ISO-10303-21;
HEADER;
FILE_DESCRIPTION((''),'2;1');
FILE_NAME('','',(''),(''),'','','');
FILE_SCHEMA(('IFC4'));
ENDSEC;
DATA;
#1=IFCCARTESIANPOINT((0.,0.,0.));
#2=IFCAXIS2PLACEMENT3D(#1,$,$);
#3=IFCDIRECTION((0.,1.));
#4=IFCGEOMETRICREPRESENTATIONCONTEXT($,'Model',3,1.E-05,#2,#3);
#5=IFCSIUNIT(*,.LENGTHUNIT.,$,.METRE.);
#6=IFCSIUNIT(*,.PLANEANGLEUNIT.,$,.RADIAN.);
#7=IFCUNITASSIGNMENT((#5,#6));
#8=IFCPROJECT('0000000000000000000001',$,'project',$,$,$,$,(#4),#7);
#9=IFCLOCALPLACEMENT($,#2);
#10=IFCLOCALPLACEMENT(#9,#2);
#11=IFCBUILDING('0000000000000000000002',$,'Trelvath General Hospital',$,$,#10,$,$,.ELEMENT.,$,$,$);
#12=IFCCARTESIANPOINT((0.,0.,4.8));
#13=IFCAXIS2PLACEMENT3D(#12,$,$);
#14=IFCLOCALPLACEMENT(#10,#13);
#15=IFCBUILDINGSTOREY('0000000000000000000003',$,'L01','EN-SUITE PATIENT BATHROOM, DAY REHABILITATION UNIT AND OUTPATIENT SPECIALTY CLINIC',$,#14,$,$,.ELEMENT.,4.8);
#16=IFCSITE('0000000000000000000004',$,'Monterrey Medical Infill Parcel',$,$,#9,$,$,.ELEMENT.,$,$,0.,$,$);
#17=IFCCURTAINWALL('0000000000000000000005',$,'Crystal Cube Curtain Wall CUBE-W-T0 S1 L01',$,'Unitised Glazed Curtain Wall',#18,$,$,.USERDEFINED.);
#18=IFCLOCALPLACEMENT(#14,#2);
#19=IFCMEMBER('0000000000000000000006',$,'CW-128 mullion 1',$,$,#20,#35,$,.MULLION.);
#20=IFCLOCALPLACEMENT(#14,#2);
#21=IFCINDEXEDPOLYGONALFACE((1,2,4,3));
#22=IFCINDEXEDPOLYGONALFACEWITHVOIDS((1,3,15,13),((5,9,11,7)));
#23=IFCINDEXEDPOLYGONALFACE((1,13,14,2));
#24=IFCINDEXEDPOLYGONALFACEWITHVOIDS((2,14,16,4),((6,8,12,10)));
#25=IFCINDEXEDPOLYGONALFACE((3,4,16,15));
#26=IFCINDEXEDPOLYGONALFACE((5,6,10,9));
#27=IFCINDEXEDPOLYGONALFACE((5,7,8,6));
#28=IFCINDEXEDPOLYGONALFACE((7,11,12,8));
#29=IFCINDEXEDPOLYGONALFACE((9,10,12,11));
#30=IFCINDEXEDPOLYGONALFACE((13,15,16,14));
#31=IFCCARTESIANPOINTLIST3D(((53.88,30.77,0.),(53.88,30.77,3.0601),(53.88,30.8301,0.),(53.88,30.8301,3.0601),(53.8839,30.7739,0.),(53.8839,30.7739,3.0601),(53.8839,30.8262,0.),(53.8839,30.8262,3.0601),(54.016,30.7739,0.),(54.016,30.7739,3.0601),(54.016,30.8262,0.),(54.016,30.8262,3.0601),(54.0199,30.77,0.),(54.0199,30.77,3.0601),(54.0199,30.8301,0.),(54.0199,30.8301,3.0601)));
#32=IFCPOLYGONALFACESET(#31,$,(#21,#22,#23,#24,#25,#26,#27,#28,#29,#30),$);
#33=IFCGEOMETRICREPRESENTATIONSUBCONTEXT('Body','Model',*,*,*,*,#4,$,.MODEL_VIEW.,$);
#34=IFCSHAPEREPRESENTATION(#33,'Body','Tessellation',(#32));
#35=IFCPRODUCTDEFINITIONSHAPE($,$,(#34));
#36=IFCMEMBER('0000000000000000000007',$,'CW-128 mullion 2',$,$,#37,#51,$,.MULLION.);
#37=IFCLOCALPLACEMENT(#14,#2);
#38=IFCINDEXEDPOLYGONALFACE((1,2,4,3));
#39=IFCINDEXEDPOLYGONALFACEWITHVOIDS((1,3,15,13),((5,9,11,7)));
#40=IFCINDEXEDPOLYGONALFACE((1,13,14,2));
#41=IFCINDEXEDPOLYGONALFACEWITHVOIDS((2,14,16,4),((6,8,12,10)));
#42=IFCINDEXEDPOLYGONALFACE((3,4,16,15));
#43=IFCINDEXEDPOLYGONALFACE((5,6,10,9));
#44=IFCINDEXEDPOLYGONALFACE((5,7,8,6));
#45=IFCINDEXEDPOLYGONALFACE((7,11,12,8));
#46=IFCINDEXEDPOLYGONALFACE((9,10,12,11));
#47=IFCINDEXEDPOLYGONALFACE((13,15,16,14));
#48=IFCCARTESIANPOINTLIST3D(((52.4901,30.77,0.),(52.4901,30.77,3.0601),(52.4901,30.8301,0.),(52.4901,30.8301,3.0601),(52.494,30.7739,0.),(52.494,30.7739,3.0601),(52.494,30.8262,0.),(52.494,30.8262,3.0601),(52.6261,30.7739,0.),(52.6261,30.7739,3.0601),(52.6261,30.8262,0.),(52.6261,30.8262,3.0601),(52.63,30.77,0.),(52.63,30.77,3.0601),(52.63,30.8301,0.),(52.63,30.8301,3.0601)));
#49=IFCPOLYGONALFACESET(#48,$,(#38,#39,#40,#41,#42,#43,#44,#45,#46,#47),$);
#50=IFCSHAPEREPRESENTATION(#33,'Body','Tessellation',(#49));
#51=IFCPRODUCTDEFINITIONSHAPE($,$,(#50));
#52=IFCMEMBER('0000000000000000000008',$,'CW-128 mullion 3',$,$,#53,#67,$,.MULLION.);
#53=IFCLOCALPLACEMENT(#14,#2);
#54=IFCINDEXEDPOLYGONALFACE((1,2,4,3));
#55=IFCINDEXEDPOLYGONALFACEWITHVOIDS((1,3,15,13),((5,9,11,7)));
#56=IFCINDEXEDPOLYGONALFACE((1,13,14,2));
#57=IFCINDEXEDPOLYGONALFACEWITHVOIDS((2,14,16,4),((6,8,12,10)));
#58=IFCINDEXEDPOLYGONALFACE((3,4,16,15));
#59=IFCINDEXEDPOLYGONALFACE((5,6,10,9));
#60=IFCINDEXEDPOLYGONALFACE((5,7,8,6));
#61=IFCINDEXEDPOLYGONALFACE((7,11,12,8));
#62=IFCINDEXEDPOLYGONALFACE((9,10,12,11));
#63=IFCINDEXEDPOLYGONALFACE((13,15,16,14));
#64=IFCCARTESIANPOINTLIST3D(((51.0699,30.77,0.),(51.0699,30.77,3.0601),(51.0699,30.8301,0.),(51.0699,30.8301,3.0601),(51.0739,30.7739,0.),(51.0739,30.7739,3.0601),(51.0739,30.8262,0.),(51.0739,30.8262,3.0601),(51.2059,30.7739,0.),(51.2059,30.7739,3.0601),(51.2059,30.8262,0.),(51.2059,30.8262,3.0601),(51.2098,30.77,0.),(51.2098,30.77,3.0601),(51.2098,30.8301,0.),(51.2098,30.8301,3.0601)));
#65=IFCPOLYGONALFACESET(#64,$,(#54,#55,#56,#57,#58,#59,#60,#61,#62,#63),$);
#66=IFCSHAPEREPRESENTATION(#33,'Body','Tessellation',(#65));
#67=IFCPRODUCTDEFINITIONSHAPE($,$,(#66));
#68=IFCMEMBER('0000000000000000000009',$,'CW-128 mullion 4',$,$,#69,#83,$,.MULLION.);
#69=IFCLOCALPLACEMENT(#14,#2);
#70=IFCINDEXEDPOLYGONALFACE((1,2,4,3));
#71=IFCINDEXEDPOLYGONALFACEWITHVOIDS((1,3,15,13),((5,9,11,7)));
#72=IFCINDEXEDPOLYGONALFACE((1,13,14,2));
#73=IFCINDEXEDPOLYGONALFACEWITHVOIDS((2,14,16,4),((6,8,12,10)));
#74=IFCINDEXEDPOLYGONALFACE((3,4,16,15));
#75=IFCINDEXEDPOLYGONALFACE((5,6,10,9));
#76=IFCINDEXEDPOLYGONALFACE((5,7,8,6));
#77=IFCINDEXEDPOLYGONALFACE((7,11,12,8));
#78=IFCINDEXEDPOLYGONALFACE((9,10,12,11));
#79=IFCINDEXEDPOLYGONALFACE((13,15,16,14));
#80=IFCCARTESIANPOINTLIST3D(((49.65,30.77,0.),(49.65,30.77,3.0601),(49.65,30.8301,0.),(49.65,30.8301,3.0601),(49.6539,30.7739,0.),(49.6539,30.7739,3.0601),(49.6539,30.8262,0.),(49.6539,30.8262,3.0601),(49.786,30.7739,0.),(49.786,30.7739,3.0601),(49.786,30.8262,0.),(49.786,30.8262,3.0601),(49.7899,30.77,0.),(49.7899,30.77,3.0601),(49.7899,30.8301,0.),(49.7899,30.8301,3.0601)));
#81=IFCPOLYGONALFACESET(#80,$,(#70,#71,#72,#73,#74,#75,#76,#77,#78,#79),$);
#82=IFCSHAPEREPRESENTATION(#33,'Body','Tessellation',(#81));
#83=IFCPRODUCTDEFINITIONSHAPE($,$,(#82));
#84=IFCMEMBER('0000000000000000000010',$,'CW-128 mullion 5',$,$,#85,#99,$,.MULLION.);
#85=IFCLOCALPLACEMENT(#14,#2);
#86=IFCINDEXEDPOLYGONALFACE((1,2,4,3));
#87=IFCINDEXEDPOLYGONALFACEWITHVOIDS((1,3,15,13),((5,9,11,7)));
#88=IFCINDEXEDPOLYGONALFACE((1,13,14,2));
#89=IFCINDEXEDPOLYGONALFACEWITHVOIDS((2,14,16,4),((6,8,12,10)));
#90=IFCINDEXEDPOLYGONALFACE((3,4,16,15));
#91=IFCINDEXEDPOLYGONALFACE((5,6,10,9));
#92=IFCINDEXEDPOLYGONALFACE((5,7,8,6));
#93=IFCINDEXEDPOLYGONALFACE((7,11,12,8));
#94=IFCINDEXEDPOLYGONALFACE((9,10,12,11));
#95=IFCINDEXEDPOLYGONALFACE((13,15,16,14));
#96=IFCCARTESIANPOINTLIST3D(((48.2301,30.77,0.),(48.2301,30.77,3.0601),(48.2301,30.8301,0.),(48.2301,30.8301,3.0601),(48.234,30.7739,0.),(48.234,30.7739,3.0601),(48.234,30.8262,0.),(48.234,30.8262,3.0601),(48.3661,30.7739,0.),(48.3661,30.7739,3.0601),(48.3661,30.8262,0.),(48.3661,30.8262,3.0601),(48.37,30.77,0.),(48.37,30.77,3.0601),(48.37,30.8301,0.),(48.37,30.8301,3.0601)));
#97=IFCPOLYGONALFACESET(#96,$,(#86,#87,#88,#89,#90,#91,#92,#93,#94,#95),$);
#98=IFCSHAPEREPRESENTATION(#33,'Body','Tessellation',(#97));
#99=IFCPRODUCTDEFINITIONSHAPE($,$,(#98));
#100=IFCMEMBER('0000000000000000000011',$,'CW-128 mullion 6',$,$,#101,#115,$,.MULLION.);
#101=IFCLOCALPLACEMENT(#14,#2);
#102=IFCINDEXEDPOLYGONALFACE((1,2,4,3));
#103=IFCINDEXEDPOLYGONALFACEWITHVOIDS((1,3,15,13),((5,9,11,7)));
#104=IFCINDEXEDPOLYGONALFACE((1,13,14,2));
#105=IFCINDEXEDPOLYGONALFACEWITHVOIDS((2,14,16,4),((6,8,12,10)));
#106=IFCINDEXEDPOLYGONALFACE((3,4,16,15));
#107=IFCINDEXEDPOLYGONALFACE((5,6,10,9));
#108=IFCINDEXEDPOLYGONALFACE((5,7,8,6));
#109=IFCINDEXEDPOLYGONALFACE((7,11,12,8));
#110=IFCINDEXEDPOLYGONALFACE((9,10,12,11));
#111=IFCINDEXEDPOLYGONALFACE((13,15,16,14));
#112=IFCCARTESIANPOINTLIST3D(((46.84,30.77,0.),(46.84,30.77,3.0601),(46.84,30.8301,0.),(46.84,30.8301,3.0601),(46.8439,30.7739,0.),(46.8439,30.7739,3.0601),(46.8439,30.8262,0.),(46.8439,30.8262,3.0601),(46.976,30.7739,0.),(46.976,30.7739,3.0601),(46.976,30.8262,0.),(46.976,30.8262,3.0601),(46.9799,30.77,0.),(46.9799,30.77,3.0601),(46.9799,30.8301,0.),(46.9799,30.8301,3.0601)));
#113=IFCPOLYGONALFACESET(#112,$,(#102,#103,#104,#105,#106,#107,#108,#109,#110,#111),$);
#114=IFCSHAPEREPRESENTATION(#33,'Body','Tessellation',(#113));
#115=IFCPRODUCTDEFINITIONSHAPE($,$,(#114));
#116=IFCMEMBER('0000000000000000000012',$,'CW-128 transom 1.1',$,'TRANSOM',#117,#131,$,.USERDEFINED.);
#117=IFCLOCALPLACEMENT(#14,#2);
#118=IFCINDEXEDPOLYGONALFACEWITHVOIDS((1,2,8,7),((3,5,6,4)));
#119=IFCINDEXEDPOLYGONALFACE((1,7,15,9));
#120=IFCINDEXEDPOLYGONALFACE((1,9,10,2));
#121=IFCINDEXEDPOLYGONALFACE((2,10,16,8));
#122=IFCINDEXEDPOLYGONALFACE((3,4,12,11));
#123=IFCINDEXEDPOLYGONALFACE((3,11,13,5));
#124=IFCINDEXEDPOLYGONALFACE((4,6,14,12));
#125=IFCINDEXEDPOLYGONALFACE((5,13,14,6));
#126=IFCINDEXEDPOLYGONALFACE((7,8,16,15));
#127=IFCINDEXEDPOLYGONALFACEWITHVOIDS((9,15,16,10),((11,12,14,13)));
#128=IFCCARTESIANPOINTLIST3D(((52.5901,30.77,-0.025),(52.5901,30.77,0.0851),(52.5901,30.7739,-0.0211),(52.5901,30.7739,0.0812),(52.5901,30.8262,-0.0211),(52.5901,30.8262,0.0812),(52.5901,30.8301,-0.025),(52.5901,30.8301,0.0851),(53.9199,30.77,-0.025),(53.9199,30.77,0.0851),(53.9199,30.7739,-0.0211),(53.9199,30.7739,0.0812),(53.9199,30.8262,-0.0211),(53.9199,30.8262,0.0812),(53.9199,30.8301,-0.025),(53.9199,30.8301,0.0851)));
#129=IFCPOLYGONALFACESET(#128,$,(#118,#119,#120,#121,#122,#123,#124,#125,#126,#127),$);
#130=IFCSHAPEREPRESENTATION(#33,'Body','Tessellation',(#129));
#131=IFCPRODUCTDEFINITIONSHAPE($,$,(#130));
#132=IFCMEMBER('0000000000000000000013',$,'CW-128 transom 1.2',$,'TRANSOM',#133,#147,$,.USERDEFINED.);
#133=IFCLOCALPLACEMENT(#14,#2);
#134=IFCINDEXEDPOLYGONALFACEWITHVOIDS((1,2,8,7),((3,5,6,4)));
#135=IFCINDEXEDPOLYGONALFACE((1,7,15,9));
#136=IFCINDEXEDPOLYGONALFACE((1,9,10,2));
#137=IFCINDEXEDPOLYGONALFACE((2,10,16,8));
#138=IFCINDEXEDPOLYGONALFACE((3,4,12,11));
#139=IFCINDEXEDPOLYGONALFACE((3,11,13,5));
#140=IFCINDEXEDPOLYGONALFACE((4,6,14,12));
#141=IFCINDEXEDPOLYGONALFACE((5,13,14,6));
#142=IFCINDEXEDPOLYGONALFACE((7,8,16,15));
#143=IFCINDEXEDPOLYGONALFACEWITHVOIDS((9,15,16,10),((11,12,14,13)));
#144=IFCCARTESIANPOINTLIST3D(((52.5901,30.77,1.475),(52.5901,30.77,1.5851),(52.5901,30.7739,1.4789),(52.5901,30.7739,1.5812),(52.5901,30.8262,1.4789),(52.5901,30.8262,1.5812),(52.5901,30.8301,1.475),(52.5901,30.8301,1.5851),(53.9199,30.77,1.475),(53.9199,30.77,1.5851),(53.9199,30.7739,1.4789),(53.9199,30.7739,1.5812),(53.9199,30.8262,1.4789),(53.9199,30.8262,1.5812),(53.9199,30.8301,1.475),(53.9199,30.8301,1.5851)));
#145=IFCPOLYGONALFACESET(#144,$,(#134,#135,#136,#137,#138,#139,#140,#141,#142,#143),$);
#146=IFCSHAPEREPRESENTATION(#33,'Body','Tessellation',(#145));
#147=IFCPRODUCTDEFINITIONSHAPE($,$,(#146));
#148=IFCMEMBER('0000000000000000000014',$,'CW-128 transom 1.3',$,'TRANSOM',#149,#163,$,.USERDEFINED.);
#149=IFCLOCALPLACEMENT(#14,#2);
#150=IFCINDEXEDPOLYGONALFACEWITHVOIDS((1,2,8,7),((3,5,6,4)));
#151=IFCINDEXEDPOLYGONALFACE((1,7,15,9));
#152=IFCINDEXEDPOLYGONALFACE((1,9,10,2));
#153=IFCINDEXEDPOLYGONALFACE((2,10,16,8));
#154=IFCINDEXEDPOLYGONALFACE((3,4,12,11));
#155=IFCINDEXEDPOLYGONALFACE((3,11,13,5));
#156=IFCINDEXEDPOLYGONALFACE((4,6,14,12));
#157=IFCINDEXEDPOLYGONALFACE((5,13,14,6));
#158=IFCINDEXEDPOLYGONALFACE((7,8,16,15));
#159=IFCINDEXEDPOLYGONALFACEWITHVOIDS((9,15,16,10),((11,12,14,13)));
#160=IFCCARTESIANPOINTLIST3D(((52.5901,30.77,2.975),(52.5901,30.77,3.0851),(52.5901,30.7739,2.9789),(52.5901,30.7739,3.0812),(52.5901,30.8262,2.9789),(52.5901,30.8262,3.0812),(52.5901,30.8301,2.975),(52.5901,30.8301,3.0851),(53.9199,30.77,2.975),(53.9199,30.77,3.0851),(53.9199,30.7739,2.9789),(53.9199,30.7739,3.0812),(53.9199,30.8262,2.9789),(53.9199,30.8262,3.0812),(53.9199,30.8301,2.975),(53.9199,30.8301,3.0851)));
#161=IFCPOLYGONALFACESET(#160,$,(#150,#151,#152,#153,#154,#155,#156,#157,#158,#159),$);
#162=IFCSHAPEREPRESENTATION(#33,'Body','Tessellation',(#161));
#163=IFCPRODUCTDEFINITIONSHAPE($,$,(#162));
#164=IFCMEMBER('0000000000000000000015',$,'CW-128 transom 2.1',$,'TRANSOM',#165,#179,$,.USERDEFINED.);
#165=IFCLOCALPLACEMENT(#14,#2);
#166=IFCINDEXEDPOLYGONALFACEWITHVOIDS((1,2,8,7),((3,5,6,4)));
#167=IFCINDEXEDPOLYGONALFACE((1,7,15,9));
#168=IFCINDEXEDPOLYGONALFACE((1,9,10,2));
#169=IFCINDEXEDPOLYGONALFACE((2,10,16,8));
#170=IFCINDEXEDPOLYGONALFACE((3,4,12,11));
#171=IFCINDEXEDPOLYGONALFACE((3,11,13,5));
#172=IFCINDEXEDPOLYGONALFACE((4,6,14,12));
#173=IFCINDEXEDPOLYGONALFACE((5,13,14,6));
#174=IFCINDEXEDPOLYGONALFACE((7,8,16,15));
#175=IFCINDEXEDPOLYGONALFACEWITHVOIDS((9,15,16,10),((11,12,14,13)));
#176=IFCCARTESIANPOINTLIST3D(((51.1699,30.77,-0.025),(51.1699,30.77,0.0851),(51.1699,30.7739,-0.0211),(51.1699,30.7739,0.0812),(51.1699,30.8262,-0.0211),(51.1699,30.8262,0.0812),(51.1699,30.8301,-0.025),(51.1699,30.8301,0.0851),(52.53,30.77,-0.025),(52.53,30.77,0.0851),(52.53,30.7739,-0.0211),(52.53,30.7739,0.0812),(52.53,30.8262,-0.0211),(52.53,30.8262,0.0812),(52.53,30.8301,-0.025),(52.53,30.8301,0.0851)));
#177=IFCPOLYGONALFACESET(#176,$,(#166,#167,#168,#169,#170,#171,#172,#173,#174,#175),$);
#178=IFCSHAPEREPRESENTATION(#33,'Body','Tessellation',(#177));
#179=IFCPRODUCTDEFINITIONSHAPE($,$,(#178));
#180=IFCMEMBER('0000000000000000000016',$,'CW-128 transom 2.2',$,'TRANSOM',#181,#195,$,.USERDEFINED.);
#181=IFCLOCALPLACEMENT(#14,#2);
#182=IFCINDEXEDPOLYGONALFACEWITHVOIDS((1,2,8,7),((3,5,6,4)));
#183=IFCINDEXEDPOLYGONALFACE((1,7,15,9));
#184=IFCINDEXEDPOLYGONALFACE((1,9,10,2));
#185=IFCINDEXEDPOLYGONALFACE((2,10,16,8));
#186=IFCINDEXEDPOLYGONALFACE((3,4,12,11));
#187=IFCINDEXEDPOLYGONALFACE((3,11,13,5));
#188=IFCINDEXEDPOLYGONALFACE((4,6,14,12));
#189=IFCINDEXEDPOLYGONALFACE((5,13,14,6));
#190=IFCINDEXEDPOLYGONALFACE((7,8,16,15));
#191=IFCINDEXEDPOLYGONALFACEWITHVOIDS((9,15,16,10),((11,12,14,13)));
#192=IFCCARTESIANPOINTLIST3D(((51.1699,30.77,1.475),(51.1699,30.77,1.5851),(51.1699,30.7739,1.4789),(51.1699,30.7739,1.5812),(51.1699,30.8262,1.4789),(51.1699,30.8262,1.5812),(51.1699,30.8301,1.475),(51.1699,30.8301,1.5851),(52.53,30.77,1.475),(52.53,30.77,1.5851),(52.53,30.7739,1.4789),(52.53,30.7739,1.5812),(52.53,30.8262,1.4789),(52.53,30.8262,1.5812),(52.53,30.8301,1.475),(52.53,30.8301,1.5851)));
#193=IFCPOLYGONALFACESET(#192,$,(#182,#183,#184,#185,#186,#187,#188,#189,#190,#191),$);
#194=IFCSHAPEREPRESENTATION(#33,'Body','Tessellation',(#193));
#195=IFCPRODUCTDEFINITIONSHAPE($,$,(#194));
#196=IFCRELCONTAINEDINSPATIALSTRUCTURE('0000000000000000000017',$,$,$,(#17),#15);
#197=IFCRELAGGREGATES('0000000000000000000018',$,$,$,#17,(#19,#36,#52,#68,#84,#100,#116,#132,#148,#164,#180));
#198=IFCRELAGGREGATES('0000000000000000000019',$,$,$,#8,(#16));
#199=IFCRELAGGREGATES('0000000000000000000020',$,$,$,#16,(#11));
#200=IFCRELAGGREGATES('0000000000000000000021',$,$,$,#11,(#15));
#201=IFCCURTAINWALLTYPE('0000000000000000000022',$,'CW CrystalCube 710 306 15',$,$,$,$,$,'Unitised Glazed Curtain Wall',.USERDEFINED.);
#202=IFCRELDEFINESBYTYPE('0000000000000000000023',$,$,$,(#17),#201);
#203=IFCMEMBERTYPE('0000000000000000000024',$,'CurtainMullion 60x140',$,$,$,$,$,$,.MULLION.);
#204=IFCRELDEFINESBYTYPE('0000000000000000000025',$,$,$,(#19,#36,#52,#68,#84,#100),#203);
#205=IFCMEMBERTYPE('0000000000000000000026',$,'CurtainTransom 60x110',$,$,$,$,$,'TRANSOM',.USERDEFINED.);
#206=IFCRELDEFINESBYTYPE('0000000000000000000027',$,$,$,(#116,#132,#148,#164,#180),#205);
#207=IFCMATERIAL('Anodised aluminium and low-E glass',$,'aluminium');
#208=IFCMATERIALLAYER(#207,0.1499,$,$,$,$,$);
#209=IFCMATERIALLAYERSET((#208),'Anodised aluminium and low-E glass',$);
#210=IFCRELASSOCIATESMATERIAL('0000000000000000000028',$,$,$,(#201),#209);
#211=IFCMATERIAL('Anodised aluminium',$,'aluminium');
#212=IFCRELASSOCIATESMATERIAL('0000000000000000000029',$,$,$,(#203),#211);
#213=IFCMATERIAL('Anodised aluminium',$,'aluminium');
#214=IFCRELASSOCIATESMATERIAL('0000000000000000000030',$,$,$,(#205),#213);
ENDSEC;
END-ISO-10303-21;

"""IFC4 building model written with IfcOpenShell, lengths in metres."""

from ifc_helpers import new_model, si_unit, direction, frame, origin, origin_2d, place, context, subcontext, project, spatial, hollow_rectangle, extrude, material, layer, layer_set, material_profile, profile_set, type_object, element, aggregate, save


model = new_model("IFC4")

# Units and contexts
model_context = context("Model", 3, precision=1e-05, world=origin(), true_north=direction((0.0, 1.0)))
body_context = subcontext(model_context, "Body", "Model", "MODEL_VIEW")
ifc_project = project(units=[si_unit("LENGTHUNIT", "METRE"), si_unit("PLANEANGLEUNIT", "RADIAN")], contexts=[model_context])

# Site, building, storey
site_placement = place(None, origin())
site = spatial("IfcSite", under=ifc_project, at=site_placement, Name="Monterrey Medical Infill Parcel", CompositionType="ELEMENT", RefElevation=0.0)
building_placement = place(site_placement, origin())
building = spatial("IfcBuilding", under=site, at=building_placement, Name="Trelvath General Hospital", CompositionType="ELEMENT")
storey_placement = place(building_placement, frame((0.0, 0.0, 4.8)))
storey = spatial("IfcBuildingStorey", under=building, at=storey_placement, Name="L01", Description="EN-SUITE PATIENT BATHROOM, DAY REHABILITATION UNIT AND OUTPATIENT SPECIALTY CLINIC", CompositionType="ELEMENT", Elevation=4.8)

# Curtain wall, members
ifc_material_1 = material(Name="Anodised aluminium and low-E glass", Category="aluminium")
ifc_layer_1 = layer(ifc_material_1, 0.1499)
ifc_layer_set_1 = layer_set([ifc_layer_1], Name="Anodised aluminium and low-E glass")
curtain_wall_type = type_object("IfcCurtainWallType", Name="CW CrystalCube 710 306 15", ElementType="Unitised Glazed Curtain Wall", PredefinedType="USERDEFINED", material=ifc_layer_set_1)
curtain_wall_placement = place(storey_placement, origin())
curtain_wall = element("IfcCurtainWall", 1, at=curtain_wall_placement, inside=storey, type_object=curtain_wall_type, Name="Crystal Cube Curtain Wall CUBE-W-T0 S1 L01", ObjectType="Unitised Glazed Curtain Wall", PredefinedType="USERDEFINED")
ifc_material_2 = material(Name="Anodised aluminium", Category="aluminium")
ifc_material_profile_1 = material_profile(ifc_material_2, hollow_rectangle(XDim=0.0601, YDim=0.1399, WallThickness=0.0039, at=origin_2d()), Name="RHS60x140x4")
ifc_profile_set_1 = profile_set([ifc_material_profile_1], Name="Anodised aluminium")
member_type_1 = type_object("IfcMemberType", Name="CurtainMullion 60x140", PredefinedType="MULLION", material=ifc_profile_set_1)
member_1_placement = place(storey_placement, frame((53.95, 30.8, 0.0), z_axis=(0.0, 0.0, 1.0), x_axis=(0.0, -1.0, 0.0)))
member_1 = element("IfcMember", 2, at=member_1_placement, type_object=member_type_1, Name="CW-128 mullion 1", PredefinedType="MULLION", context=body_context, shape_type="SweptSolid", body=[
    extrude(hollow_rectangle(XDim=0.0601, YDim=0.1399, WallThickness=0.0039, at=origin_2d()), origin(), (0.0, 0.0, 1.0), 3.0601),
])
member_2_placement = place(storey_placement, frame((52.5601, 30.8, 0.0), z_axis=(0.0, 0.0, 1.0), x_axis=(0.0, -1.0, 0.0)))
member_2 = element("IfcMember", 3, at=member_2_placement, type_object=member_type_1, Name="CW-128 mullion 2", PredefinedType="MULLION", context=body_context, shape_type="SweptSolid", body=[
    extrude(hollow_rectangle(XDim=0.0601, YDim=0.1399, WallThickness=0.0039, at=origin_2d()), origin(), (0.0, 0.0, 1.0), 3.0601),
])
member_3_placement = place(storey_placement, frame((51.1399, 30.8, 0.0), z_axis=(0.0, 0.0, 1.0), x_axis=(0.0, -1.0, 0.0)))
member_3 = element("IfcMember", 4, at=member_3_placement, type_object=member_type_1, Name="CW-128 mullion 3", PredefinedType="MULLION", context=body_context, shape_type="SweptSolid", body=[
    extrude(hollow_rectangle(XDim=0.0601, YDim=0.1399, WallThickness=0.0039, at=origin_2d()), origin(), (0.0, 0.0, 1.0), 3.0601),
])
member_4_placement = place(storey_placement, frame((49.72, 30.8, 0.0), z_axis=(0.0, 0.0, 1.0), x_axis=(0.0, -1.0, 0.0)))
member_4 = element("IfcMember", 5, at=member_4_placement, type_object=member_type_1, Name="CW-128 mullion 4", PredefinedType="MULLION", context=body_context, shape_type="SweptSolid", body=[
    extrude(hollow_rectangle(XDim=0.0601, YDim=0.1399, WallThickness=0.0039, at=origin_2d()), origin(), (0.0, 0.0, 1.0), 3.0601),
])
member_5_placement = place(storey_placement, frame((48.3, 30.8, 0.0), z_axis=(0.0, 0.0, 1.0), x_axis=(0.0, -1.0, 0.0)))
member_5 = element("IfcMember", 6, at=member_5_placement, type_object=member_type_1, Name="CW-128 mullion 5", PredefinedType="MULLION", context=body_context, shape_type="SweptSolid", body=[
    extrude(hollow_rectangle(XDim=0.0601, YDim=0.1399, WallThickness=0.0039, at=origin_2d()), origin(), (0.0, 0.0, 1.0), 3.0601),
])
member_6_placement = place(storey_placement, frame((46.9099, 30.8, 0.0), z_axis=(0.0, 0.0, 1.0), x_axis=(0.0, -1.0, 0.0)))
member_6 = element("IfcMember", 7, at=member_6_placement, type_object=member_type_1, Name="CW-128 mullion 6", PredefinedType="MULLION", context=body_context, shape_type="SweptSolid", body=[
    extrude(hollow_rectangle(XDim=0.0601, YDim=0.1399, WallThickness=0.0039, at=origin_2d()), origin(), (0.0, 0.0, 1.0), 3.0601),
])
ifc_material_3 = material(Name="Anodised aluminium", Category="aluminium")
ifc_material_profile_2 = material_profile(ifc_material_3, hollow_rectangle(XDim=0.0601, YDim=0.1101, WallThickness=0.0039, at=origin_2d()), Name="RHS60x110x4")
ifc_profile_set_2 = profile_set([ifc_material_profile_2], Name="Anodised aluminium")
member_type_2 = type_object("IfcMemberType", Name="CurtainTransom 60x110", ElementType="TRANSOM", PredefinedType="USERDEFINED", material=ifc_profile_set_2)
member_7_placement = place(storey_placement, frame((53.9199, 30.8, 0.03), z_axis=(-1.0, 0.0, 0.0), x_axis=(0.0, -1.0, 0.0)))
member_7 = element("IfcMember", 8, at=member_7_placement, type_object=member_type_2, Name="CW-128 transom 1.1", ObjectType="TRANSOM", PredefinedType="USERDEFINED", context=body_context, shape_type="SweptSolid", body=[
    extrude(hollow_rectangle(XDim=0.0601, YDim=0.1101, WallThickness=0.0039, at=origin_2d()), origin(), (0.0, 0.0, 1.0), 1.3298),
])
member_8_placement = place(storey_placement, frame((53.9199, 30.8, 1.53), z_axis=(-1.0, 0.0, 0.0), x_axis=(0.0, -1.0, 0.0)))
member_8 = element("IfcMember", 9, at=member_8_placement, type_object=member_type_2, Name="CW-128 transom 1.2", ObjectType="TRANSOM", PredefinedType="USERDEFINED", context=body_context, shape_type="SweptSolid", body=[
    extrude(hollow_rectangle(XDim=0.0601, YDim=0.1101, WallThickness=0.0039, at=origin_2d()), origin(), (0.0, 0.0, 1.0), 1.3298),
])
member_9_placement = place(storey_placement, frame((53.9199, 30.8, 3.03), z_axis=(-1.0, 0.0, 0.0), x_axis=(0.0, -1.0, 0.0)))
member_9 = element("IfcMember", 10, at=member_9_placement, type_object=member_type_2, Name="CW-128 transom 1.3", ObjectType="TRANSOM", PredefinedType="USERDEFINED", context=body_context, shape_type="SweptSolid", body=[
    extrude(hollow_rectangle(XDim=0.0601, YDim=0.1101, WallThickness=0.0039, at=origin_2d()), origin(), (0.0, 0.0, 1.0), 1.3298),
])
member_10_placement = place(storey_placement, frame((52.53, 30.8, 0.03), z_axis=(-1.0, 0.0, 0.0), x_axis=(0.0, -1.0, 0.0)))
member_10 = element("IfcMember", 11, at=member_10_placement, type_object=member_type_2, Name="CW-128 transom 2.1", ObjectType="TRANSOM", PredefinedType="USERDEFINED", context=body_context, shape_type="SweptSolid", body=[
    extrude(hollow_rectangle(XDim=0.0601, YDim=0.1101, WallThickness=0.0039, at=origin_2d()), origin(), (0.0, 0.0, 1.0), 1.3601),
])
member_11_placement = place(storey_placement, frame((52.53, 30.8, 1.53), z_axis=(-1.0, 0.0, 0.0), x_axis=(0.0, -1.0, 0.0)))
member_11 = element("IfcMember", 12, at=member_11_placement, type_object=member_type_2, Name="CW-128 transom 2.2", ObjectType="TRANSOM", PredefinedType="USERDEFINED", context=body_context, shape_type="SweptSolid", body=[
    extrude(hollow_rectangle(XDim=0.0601, YDim=0.1101, WallThickness=0.0039, at=origin_2d()), origin(), (0.0, 0.0, 1.0), 1.3601),
])
aggregate(curtain_wall, [member_1, member_2, member_3, member_4, member_5, member_6, member_7, member_8, member_9, member_10, member_11])

save(model, "model.ifc")
